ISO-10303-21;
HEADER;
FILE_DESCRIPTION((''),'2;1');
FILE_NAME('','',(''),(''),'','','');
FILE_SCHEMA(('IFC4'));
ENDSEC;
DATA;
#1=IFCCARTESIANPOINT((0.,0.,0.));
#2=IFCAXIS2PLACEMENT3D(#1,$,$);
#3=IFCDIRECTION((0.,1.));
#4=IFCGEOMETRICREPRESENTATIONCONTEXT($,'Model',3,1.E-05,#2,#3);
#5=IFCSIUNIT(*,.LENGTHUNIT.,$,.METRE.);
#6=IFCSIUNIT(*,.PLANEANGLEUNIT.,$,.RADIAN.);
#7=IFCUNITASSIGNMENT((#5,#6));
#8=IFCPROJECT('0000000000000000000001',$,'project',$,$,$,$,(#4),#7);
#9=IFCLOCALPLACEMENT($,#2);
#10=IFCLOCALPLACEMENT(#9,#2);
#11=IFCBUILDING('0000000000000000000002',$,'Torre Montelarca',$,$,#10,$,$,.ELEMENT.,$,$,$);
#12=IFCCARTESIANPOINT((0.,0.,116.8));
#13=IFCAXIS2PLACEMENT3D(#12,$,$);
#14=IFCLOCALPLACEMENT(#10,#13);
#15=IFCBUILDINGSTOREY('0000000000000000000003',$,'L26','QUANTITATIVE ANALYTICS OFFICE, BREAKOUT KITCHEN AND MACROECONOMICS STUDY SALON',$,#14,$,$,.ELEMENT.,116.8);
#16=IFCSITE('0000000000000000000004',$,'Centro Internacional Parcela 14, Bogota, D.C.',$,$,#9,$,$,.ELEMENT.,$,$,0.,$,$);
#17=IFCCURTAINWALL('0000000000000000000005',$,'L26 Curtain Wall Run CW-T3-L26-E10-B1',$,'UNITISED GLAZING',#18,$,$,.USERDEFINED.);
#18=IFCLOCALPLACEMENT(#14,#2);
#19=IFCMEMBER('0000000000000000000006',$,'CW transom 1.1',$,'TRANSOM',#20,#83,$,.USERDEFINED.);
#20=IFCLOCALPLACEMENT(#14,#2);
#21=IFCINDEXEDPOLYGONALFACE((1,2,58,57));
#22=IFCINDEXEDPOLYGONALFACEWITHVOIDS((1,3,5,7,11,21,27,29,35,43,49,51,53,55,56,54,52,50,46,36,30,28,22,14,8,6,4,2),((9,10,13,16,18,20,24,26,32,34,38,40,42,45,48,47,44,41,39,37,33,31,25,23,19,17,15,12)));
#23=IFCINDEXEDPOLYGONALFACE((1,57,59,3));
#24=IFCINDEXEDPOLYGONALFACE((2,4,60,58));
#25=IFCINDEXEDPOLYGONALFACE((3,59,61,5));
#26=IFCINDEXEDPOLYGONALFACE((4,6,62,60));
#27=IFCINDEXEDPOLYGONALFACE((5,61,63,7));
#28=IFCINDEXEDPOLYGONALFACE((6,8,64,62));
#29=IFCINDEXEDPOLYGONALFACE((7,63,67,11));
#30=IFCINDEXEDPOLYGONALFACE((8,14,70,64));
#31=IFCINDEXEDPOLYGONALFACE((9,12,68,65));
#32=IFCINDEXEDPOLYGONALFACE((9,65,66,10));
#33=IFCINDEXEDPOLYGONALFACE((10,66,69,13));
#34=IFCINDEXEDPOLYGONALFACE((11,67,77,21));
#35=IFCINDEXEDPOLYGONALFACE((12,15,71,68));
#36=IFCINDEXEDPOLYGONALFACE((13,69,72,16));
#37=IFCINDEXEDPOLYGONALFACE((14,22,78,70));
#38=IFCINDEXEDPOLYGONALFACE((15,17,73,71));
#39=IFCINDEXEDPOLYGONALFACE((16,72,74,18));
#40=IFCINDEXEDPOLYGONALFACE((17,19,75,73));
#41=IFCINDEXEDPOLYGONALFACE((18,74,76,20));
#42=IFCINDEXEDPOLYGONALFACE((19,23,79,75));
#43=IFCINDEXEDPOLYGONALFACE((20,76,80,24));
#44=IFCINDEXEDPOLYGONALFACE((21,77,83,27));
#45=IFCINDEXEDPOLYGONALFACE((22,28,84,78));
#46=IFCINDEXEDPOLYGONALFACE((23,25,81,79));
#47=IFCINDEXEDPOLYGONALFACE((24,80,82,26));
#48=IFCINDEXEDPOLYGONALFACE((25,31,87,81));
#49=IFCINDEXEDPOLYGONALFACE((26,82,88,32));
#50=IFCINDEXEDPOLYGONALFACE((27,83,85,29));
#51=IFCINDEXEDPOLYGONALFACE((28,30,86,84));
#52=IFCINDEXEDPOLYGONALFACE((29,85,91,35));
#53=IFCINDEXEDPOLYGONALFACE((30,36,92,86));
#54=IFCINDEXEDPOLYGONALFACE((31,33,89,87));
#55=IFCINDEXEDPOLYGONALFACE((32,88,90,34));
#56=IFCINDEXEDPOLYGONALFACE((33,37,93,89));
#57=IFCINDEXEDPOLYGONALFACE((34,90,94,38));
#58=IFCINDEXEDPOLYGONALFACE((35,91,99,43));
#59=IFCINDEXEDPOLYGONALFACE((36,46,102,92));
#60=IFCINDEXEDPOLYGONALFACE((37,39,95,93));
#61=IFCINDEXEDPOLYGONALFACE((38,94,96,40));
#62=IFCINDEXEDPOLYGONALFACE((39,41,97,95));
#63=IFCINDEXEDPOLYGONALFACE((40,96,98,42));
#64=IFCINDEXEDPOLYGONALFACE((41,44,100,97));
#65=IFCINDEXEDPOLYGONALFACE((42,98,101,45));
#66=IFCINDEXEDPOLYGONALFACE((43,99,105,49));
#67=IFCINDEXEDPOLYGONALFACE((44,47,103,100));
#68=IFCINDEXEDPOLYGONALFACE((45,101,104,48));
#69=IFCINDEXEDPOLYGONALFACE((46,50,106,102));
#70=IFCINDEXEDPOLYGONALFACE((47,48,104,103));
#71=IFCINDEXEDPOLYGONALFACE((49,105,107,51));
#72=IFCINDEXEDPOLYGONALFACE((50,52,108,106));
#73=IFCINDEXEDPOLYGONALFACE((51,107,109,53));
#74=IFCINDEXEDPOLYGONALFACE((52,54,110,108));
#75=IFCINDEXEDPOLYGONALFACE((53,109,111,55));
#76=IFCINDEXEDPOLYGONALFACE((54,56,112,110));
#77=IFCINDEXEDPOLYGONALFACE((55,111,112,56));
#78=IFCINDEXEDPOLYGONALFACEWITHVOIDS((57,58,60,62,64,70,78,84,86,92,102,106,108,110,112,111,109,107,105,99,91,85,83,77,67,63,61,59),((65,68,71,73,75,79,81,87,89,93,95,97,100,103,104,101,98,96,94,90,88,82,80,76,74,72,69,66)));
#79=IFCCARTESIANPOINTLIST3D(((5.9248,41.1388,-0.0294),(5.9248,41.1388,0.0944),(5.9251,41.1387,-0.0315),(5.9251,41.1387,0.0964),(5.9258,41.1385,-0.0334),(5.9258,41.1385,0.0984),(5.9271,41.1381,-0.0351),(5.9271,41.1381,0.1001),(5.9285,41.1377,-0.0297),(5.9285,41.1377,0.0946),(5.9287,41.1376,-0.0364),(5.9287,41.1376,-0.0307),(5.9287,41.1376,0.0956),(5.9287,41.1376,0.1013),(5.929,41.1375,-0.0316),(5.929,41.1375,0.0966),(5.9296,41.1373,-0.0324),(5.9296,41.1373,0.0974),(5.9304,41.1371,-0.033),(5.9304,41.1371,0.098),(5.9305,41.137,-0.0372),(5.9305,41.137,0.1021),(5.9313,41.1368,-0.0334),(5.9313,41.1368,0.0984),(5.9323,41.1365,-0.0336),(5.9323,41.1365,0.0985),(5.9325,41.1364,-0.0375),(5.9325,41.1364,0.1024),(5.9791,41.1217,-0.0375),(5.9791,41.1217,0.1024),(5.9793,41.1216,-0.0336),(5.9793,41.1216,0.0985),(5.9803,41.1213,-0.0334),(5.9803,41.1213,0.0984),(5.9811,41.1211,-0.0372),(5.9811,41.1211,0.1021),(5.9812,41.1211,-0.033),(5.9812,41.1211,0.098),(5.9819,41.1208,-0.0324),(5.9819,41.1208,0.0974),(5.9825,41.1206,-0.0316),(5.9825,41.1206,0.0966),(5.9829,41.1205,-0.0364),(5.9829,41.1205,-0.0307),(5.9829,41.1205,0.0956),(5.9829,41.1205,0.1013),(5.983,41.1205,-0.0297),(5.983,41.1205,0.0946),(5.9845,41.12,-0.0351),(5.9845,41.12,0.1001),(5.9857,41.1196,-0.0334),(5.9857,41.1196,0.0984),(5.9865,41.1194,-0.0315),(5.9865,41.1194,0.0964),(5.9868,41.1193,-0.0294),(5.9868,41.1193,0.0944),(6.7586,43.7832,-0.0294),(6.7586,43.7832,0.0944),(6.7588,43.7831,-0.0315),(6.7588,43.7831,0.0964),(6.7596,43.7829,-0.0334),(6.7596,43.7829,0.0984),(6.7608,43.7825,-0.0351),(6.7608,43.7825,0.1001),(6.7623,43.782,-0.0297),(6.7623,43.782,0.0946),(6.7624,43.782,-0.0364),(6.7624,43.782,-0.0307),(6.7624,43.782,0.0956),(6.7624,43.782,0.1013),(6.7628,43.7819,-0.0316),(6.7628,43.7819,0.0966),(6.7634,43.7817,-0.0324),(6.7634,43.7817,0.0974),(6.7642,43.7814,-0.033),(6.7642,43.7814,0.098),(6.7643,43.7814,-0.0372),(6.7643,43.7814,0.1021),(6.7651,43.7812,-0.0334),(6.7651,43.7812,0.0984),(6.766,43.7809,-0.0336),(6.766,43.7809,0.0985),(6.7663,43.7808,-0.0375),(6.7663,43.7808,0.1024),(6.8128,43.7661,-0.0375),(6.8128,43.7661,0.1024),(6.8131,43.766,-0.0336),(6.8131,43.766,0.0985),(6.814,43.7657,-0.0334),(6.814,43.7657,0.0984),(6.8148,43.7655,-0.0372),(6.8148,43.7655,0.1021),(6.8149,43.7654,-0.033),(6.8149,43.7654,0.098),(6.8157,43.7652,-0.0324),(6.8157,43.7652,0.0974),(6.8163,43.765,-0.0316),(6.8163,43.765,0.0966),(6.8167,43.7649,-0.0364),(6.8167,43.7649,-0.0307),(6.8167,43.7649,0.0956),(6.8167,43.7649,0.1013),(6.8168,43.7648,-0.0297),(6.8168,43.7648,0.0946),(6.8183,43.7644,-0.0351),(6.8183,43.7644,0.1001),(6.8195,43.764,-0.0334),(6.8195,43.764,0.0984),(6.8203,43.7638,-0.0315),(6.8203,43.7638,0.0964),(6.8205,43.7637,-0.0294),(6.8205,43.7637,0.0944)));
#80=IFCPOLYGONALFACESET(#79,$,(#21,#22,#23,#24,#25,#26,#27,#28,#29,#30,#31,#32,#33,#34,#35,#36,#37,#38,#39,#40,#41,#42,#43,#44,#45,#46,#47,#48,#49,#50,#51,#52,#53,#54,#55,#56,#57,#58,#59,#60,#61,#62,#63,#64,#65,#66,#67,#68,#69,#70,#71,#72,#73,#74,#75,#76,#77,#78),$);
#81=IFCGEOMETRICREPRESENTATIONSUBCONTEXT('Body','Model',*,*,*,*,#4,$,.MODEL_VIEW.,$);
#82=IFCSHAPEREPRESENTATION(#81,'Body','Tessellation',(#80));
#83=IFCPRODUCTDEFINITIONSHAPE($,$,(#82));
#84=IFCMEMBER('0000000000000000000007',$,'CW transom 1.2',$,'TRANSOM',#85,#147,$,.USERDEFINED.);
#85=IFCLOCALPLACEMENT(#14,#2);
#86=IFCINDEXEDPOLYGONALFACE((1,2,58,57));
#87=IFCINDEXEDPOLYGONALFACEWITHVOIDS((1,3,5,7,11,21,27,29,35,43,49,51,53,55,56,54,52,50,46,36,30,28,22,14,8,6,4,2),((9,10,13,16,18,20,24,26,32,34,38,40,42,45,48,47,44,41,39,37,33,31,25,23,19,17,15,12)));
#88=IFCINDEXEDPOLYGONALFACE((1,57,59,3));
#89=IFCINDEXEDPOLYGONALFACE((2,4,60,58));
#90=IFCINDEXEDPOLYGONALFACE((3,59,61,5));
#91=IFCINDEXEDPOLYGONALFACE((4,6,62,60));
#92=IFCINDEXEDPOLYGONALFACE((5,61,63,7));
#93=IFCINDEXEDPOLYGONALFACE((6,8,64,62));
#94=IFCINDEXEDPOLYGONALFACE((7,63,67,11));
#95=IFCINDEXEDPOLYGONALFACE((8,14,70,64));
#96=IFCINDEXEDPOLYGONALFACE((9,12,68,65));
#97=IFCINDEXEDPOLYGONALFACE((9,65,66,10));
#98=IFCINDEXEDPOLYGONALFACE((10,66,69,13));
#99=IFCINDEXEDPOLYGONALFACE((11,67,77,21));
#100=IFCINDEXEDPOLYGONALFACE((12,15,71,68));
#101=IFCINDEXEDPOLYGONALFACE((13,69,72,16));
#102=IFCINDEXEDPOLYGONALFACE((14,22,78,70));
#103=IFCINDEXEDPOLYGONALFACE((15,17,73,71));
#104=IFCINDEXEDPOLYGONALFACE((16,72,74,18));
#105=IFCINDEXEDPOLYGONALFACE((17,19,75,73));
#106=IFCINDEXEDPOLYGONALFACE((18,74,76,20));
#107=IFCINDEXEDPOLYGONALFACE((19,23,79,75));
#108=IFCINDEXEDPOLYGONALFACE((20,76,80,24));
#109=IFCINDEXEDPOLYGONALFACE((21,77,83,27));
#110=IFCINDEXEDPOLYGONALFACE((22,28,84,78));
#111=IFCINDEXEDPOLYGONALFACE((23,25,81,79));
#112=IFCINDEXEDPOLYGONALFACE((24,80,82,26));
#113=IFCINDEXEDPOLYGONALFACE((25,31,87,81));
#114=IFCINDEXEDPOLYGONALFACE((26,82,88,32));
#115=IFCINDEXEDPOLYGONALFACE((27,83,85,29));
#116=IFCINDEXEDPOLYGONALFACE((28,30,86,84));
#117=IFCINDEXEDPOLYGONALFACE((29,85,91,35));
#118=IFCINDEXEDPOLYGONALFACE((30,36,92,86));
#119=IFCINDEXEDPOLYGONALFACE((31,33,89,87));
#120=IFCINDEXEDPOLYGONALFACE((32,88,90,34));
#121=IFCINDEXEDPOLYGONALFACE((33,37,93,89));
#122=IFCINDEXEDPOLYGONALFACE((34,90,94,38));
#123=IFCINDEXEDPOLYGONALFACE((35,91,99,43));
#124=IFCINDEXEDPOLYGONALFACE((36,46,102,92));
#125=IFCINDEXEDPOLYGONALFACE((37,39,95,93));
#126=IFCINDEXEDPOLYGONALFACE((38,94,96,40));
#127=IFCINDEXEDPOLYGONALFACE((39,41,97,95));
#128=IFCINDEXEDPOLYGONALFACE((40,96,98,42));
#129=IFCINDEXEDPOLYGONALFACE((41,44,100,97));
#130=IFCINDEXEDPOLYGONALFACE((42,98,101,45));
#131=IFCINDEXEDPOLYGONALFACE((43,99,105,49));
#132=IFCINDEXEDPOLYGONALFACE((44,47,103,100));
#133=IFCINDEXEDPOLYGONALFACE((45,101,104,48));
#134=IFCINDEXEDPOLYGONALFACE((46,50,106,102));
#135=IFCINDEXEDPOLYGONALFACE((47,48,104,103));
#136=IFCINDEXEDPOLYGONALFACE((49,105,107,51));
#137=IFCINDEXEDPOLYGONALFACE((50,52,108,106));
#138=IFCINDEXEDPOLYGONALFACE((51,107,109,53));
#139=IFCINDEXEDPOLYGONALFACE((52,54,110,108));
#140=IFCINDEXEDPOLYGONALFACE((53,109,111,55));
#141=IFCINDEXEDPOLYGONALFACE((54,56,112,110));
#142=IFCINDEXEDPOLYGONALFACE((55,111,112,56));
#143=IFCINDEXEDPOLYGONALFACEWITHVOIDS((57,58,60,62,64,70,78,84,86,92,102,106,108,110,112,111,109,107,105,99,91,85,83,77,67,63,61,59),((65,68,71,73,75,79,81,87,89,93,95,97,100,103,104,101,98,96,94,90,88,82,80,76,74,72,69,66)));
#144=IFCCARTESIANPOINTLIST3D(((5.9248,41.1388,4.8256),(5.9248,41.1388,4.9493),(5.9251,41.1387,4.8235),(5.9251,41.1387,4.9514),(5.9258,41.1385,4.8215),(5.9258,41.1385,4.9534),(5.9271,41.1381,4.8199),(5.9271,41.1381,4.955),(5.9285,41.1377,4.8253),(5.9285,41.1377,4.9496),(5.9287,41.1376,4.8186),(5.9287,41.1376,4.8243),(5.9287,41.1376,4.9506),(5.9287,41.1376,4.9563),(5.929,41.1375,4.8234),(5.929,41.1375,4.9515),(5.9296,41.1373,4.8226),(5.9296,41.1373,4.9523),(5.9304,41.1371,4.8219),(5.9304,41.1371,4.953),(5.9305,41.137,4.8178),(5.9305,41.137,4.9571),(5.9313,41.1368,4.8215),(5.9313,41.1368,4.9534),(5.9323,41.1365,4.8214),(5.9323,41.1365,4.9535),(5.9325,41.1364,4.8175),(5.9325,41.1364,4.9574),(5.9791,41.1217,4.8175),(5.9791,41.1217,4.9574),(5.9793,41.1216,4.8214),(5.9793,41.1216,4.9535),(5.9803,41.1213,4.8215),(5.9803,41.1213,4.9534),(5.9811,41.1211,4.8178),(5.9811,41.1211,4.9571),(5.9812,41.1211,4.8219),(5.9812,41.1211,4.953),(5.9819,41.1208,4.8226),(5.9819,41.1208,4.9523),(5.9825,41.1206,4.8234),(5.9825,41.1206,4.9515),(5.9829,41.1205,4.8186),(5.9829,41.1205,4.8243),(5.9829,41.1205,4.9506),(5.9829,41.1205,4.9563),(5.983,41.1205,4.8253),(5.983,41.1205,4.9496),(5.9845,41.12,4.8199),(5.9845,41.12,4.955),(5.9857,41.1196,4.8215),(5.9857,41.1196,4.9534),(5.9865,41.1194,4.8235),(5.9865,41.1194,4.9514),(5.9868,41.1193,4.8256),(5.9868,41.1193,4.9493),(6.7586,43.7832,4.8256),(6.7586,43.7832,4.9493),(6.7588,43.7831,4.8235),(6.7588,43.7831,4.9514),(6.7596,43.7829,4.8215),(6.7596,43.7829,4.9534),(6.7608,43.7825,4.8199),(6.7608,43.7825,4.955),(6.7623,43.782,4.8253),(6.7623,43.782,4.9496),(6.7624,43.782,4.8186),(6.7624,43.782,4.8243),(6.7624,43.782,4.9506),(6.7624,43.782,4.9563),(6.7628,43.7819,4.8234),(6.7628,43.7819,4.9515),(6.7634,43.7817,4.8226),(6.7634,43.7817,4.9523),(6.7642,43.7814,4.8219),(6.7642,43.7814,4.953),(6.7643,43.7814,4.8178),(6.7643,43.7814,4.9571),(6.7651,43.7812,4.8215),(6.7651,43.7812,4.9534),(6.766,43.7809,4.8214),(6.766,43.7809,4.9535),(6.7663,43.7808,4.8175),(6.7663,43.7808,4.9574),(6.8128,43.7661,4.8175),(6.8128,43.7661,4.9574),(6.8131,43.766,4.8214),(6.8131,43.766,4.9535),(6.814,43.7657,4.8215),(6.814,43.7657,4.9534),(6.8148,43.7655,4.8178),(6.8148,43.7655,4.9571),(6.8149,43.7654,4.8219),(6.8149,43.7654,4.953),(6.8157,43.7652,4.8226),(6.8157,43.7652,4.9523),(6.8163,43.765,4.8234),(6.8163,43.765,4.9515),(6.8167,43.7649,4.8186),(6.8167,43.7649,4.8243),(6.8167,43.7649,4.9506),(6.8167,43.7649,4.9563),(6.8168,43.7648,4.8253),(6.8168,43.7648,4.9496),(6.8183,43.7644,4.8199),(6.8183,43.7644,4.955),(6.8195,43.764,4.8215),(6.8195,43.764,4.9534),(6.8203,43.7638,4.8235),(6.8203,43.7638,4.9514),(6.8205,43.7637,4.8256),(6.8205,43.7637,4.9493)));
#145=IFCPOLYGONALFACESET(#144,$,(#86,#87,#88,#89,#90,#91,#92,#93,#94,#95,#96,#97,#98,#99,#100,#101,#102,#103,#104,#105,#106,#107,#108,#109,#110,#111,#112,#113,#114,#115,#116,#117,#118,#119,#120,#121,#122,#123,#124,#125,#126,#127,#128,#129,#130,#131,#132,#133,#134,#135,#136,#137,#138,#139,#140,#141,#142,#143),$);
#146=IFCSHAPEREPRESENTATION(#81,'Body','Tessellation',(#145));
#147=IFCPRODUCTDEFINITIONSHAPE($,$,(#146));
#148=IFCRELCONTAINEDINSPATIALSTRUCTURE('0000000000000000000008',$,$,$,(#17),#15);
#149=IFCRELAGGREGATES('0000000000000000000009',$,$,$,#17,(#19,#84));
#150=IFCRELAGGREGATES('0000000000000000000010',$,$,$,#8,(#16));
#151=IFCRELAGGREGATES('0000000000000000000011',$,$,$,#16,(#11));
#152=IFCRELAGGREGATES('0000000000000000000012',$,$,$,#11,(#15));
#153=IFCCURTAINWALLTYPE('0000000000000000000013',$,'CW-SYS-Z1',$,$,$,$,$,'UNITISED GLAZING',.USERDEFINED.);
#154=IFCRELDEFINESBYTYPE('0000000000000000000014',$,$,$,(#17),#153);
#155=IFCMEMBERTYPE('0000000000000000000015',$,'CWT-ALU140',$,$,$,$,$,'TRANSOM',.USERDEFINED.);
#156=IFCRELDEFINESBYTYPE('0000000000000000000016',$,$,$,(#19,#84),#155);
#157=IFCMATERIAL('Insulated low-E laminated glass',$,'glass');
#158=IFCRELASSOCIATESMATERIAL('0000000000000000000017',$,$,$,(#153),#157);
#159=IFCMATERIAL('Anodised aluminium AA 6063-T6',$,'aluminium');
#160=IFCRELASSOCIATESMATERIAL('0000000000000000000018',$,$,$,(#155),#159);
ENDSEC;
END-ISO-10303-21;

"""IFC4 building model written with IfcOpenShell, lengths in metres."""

from ifc_helpers import new_model, si_unit, direction, frame, origin, origin_2d, place, context, subcontext, project, spatial, hollow_rectangle, extrude, source, transform, mapped, material, material_profile, profile_set, type_object, element, aggregate, save


model = new_model("IFC4")

# Units and contexts
model_context = context("Model", 3, precision=1e-05, world=origin(), true_north=direction((0.0, 1.0)))
body_context = subcontext(model_context, "Body", "Model", "MODEL_VIEW")
ifc_project = project(units=[si_unit("LENGTHUNIT", "METRE"), si_unit("PLANEANGLEUNIT", "RADIAN")], contexts=[model_context])

# Site, building, storey
site_placement = place(None, origin())
site = spatial("IfcSite", under=ifc_project, at=site_placement, Name="Centro Internacional Parcela 14, Bogota, D.C.", CompositionType="ELEMENT", RefElevation=0.0)
building_placement = place(site_placement, origin())
building = spatial("IfcBuilding", under=site, at=building_placement, Name="Torre Montelarca", CompositionType="ELEMENT")
storey_placement = place(building_placement, frame((0.0, 0.0, 116.8)))
storey = spatial("IfcBuildingStorey", under=building, at=storey_placement, Name="L26", Description="QUANTITATIVE ANALYTICS OFFICE, BREAKOUT KITCHEN AND MACROECONOMICS STUDY SALON", CompositionType="ELEMENT", Elevation=116.8)

# Curtain wall, members
ifc_material_1 = material(Name="Insulated low-E laminated glass", Category="glass")
curtain_wall_type = type_object("IfcCurtainWallType", Name="CW-SYS-Z1", ElementType="UNITISED GLAZING", PredefinedType="USERDEFINED", material=ifc_material_1)
curtain_wall_1_placement = place(storey_placement, origin())
curtain_wall_1 = element("IfcCurtainWall", 1, at=curtain_wall_1_placement, inside=storey, type_object=curtain_wall_type, Name="L26 Curtain Wall Run CW-T3-L26-E10-B1", ObjectType="UNITISED GLAZING", PredefinedType="USERDEFINED")
ifc_material_2 = material(Name="Anodised aluminium AA 6063-T6", Category="aluminium")
ifc_material_profile_1 = material_profile(ifc_material_2, hollow_rectangle(XDim=0.0649, YDim=0.1399, WallThickness=0.0039, InnerFilletRadius=0.0039, OuterFilletRadius=0.0081, at=origin_2d()), Name="ALU65X140X4", Category="aluminium")
ifc_profile_set_1 = profile_set([ifc_material_profile_1], Name="Anodised aluminium AA 6063-T6")
member_type_1 = type_object("IfcMemberType", Name="CWT-ALU140", ElementType="TRANSOM", PredefinedType="USERDEFINED", material=ifc_profile_set_1)
shared_shape_1 = source(origin(), body_context, "Body", "SweptSolid", [
    extrude(hollow_rectangle(XDim=0.0649, YDim=0.1399, WallThickness=0.0039, InnerFilletRadius=0.0039, OuterFilletRadius=0.0081, at=origin_2d()), origin(), (0.0, 0.0, 1.0), 2.7727),
])
member_1_placement = place(storey_placement, frame((6.7896, 43.7734, 0.0325), z_axis=(-0.300706, -0.953717, 0.0), x_axis=(0.953717, -0.300706, 0.0)))
member_1 = element("IfcMember", 2, at=member_1_placement, type_object=member_type_1, Name="CW transom 1.1", ObjectType="TRANSOM", PredefinedType="USERDEFINED", context=body_context, shape_type="MappedRepresentation", body=[
    mapped(shared_shape_1, transform((0.0, 0.0, 0.0), scale=1.0)),
])
member_2_placement = place(storey_placement, frame((6.7896, 43.7734, 4.8875), z_axis=(-0.300706, -0.953717, 0.0), x_axis=(0.953717, -0.300706, 0.0)))
member_2 = element("IfcMember", 3, at=member_2_placement, type_object=member_type_1, Name="CW transom 1.2", ObjectType="TRANSOM", PredefinedType="USERDEFINED", context=body_context, shape_type="MappedRepresentation", body=[
    mapped(shared_shape_1, transform((0.0, 0.0, 0.0), scale=1.0)),
])

aggregate(curtain_wall_1, [member_1, member_2])

save(model, "model.ifc")
